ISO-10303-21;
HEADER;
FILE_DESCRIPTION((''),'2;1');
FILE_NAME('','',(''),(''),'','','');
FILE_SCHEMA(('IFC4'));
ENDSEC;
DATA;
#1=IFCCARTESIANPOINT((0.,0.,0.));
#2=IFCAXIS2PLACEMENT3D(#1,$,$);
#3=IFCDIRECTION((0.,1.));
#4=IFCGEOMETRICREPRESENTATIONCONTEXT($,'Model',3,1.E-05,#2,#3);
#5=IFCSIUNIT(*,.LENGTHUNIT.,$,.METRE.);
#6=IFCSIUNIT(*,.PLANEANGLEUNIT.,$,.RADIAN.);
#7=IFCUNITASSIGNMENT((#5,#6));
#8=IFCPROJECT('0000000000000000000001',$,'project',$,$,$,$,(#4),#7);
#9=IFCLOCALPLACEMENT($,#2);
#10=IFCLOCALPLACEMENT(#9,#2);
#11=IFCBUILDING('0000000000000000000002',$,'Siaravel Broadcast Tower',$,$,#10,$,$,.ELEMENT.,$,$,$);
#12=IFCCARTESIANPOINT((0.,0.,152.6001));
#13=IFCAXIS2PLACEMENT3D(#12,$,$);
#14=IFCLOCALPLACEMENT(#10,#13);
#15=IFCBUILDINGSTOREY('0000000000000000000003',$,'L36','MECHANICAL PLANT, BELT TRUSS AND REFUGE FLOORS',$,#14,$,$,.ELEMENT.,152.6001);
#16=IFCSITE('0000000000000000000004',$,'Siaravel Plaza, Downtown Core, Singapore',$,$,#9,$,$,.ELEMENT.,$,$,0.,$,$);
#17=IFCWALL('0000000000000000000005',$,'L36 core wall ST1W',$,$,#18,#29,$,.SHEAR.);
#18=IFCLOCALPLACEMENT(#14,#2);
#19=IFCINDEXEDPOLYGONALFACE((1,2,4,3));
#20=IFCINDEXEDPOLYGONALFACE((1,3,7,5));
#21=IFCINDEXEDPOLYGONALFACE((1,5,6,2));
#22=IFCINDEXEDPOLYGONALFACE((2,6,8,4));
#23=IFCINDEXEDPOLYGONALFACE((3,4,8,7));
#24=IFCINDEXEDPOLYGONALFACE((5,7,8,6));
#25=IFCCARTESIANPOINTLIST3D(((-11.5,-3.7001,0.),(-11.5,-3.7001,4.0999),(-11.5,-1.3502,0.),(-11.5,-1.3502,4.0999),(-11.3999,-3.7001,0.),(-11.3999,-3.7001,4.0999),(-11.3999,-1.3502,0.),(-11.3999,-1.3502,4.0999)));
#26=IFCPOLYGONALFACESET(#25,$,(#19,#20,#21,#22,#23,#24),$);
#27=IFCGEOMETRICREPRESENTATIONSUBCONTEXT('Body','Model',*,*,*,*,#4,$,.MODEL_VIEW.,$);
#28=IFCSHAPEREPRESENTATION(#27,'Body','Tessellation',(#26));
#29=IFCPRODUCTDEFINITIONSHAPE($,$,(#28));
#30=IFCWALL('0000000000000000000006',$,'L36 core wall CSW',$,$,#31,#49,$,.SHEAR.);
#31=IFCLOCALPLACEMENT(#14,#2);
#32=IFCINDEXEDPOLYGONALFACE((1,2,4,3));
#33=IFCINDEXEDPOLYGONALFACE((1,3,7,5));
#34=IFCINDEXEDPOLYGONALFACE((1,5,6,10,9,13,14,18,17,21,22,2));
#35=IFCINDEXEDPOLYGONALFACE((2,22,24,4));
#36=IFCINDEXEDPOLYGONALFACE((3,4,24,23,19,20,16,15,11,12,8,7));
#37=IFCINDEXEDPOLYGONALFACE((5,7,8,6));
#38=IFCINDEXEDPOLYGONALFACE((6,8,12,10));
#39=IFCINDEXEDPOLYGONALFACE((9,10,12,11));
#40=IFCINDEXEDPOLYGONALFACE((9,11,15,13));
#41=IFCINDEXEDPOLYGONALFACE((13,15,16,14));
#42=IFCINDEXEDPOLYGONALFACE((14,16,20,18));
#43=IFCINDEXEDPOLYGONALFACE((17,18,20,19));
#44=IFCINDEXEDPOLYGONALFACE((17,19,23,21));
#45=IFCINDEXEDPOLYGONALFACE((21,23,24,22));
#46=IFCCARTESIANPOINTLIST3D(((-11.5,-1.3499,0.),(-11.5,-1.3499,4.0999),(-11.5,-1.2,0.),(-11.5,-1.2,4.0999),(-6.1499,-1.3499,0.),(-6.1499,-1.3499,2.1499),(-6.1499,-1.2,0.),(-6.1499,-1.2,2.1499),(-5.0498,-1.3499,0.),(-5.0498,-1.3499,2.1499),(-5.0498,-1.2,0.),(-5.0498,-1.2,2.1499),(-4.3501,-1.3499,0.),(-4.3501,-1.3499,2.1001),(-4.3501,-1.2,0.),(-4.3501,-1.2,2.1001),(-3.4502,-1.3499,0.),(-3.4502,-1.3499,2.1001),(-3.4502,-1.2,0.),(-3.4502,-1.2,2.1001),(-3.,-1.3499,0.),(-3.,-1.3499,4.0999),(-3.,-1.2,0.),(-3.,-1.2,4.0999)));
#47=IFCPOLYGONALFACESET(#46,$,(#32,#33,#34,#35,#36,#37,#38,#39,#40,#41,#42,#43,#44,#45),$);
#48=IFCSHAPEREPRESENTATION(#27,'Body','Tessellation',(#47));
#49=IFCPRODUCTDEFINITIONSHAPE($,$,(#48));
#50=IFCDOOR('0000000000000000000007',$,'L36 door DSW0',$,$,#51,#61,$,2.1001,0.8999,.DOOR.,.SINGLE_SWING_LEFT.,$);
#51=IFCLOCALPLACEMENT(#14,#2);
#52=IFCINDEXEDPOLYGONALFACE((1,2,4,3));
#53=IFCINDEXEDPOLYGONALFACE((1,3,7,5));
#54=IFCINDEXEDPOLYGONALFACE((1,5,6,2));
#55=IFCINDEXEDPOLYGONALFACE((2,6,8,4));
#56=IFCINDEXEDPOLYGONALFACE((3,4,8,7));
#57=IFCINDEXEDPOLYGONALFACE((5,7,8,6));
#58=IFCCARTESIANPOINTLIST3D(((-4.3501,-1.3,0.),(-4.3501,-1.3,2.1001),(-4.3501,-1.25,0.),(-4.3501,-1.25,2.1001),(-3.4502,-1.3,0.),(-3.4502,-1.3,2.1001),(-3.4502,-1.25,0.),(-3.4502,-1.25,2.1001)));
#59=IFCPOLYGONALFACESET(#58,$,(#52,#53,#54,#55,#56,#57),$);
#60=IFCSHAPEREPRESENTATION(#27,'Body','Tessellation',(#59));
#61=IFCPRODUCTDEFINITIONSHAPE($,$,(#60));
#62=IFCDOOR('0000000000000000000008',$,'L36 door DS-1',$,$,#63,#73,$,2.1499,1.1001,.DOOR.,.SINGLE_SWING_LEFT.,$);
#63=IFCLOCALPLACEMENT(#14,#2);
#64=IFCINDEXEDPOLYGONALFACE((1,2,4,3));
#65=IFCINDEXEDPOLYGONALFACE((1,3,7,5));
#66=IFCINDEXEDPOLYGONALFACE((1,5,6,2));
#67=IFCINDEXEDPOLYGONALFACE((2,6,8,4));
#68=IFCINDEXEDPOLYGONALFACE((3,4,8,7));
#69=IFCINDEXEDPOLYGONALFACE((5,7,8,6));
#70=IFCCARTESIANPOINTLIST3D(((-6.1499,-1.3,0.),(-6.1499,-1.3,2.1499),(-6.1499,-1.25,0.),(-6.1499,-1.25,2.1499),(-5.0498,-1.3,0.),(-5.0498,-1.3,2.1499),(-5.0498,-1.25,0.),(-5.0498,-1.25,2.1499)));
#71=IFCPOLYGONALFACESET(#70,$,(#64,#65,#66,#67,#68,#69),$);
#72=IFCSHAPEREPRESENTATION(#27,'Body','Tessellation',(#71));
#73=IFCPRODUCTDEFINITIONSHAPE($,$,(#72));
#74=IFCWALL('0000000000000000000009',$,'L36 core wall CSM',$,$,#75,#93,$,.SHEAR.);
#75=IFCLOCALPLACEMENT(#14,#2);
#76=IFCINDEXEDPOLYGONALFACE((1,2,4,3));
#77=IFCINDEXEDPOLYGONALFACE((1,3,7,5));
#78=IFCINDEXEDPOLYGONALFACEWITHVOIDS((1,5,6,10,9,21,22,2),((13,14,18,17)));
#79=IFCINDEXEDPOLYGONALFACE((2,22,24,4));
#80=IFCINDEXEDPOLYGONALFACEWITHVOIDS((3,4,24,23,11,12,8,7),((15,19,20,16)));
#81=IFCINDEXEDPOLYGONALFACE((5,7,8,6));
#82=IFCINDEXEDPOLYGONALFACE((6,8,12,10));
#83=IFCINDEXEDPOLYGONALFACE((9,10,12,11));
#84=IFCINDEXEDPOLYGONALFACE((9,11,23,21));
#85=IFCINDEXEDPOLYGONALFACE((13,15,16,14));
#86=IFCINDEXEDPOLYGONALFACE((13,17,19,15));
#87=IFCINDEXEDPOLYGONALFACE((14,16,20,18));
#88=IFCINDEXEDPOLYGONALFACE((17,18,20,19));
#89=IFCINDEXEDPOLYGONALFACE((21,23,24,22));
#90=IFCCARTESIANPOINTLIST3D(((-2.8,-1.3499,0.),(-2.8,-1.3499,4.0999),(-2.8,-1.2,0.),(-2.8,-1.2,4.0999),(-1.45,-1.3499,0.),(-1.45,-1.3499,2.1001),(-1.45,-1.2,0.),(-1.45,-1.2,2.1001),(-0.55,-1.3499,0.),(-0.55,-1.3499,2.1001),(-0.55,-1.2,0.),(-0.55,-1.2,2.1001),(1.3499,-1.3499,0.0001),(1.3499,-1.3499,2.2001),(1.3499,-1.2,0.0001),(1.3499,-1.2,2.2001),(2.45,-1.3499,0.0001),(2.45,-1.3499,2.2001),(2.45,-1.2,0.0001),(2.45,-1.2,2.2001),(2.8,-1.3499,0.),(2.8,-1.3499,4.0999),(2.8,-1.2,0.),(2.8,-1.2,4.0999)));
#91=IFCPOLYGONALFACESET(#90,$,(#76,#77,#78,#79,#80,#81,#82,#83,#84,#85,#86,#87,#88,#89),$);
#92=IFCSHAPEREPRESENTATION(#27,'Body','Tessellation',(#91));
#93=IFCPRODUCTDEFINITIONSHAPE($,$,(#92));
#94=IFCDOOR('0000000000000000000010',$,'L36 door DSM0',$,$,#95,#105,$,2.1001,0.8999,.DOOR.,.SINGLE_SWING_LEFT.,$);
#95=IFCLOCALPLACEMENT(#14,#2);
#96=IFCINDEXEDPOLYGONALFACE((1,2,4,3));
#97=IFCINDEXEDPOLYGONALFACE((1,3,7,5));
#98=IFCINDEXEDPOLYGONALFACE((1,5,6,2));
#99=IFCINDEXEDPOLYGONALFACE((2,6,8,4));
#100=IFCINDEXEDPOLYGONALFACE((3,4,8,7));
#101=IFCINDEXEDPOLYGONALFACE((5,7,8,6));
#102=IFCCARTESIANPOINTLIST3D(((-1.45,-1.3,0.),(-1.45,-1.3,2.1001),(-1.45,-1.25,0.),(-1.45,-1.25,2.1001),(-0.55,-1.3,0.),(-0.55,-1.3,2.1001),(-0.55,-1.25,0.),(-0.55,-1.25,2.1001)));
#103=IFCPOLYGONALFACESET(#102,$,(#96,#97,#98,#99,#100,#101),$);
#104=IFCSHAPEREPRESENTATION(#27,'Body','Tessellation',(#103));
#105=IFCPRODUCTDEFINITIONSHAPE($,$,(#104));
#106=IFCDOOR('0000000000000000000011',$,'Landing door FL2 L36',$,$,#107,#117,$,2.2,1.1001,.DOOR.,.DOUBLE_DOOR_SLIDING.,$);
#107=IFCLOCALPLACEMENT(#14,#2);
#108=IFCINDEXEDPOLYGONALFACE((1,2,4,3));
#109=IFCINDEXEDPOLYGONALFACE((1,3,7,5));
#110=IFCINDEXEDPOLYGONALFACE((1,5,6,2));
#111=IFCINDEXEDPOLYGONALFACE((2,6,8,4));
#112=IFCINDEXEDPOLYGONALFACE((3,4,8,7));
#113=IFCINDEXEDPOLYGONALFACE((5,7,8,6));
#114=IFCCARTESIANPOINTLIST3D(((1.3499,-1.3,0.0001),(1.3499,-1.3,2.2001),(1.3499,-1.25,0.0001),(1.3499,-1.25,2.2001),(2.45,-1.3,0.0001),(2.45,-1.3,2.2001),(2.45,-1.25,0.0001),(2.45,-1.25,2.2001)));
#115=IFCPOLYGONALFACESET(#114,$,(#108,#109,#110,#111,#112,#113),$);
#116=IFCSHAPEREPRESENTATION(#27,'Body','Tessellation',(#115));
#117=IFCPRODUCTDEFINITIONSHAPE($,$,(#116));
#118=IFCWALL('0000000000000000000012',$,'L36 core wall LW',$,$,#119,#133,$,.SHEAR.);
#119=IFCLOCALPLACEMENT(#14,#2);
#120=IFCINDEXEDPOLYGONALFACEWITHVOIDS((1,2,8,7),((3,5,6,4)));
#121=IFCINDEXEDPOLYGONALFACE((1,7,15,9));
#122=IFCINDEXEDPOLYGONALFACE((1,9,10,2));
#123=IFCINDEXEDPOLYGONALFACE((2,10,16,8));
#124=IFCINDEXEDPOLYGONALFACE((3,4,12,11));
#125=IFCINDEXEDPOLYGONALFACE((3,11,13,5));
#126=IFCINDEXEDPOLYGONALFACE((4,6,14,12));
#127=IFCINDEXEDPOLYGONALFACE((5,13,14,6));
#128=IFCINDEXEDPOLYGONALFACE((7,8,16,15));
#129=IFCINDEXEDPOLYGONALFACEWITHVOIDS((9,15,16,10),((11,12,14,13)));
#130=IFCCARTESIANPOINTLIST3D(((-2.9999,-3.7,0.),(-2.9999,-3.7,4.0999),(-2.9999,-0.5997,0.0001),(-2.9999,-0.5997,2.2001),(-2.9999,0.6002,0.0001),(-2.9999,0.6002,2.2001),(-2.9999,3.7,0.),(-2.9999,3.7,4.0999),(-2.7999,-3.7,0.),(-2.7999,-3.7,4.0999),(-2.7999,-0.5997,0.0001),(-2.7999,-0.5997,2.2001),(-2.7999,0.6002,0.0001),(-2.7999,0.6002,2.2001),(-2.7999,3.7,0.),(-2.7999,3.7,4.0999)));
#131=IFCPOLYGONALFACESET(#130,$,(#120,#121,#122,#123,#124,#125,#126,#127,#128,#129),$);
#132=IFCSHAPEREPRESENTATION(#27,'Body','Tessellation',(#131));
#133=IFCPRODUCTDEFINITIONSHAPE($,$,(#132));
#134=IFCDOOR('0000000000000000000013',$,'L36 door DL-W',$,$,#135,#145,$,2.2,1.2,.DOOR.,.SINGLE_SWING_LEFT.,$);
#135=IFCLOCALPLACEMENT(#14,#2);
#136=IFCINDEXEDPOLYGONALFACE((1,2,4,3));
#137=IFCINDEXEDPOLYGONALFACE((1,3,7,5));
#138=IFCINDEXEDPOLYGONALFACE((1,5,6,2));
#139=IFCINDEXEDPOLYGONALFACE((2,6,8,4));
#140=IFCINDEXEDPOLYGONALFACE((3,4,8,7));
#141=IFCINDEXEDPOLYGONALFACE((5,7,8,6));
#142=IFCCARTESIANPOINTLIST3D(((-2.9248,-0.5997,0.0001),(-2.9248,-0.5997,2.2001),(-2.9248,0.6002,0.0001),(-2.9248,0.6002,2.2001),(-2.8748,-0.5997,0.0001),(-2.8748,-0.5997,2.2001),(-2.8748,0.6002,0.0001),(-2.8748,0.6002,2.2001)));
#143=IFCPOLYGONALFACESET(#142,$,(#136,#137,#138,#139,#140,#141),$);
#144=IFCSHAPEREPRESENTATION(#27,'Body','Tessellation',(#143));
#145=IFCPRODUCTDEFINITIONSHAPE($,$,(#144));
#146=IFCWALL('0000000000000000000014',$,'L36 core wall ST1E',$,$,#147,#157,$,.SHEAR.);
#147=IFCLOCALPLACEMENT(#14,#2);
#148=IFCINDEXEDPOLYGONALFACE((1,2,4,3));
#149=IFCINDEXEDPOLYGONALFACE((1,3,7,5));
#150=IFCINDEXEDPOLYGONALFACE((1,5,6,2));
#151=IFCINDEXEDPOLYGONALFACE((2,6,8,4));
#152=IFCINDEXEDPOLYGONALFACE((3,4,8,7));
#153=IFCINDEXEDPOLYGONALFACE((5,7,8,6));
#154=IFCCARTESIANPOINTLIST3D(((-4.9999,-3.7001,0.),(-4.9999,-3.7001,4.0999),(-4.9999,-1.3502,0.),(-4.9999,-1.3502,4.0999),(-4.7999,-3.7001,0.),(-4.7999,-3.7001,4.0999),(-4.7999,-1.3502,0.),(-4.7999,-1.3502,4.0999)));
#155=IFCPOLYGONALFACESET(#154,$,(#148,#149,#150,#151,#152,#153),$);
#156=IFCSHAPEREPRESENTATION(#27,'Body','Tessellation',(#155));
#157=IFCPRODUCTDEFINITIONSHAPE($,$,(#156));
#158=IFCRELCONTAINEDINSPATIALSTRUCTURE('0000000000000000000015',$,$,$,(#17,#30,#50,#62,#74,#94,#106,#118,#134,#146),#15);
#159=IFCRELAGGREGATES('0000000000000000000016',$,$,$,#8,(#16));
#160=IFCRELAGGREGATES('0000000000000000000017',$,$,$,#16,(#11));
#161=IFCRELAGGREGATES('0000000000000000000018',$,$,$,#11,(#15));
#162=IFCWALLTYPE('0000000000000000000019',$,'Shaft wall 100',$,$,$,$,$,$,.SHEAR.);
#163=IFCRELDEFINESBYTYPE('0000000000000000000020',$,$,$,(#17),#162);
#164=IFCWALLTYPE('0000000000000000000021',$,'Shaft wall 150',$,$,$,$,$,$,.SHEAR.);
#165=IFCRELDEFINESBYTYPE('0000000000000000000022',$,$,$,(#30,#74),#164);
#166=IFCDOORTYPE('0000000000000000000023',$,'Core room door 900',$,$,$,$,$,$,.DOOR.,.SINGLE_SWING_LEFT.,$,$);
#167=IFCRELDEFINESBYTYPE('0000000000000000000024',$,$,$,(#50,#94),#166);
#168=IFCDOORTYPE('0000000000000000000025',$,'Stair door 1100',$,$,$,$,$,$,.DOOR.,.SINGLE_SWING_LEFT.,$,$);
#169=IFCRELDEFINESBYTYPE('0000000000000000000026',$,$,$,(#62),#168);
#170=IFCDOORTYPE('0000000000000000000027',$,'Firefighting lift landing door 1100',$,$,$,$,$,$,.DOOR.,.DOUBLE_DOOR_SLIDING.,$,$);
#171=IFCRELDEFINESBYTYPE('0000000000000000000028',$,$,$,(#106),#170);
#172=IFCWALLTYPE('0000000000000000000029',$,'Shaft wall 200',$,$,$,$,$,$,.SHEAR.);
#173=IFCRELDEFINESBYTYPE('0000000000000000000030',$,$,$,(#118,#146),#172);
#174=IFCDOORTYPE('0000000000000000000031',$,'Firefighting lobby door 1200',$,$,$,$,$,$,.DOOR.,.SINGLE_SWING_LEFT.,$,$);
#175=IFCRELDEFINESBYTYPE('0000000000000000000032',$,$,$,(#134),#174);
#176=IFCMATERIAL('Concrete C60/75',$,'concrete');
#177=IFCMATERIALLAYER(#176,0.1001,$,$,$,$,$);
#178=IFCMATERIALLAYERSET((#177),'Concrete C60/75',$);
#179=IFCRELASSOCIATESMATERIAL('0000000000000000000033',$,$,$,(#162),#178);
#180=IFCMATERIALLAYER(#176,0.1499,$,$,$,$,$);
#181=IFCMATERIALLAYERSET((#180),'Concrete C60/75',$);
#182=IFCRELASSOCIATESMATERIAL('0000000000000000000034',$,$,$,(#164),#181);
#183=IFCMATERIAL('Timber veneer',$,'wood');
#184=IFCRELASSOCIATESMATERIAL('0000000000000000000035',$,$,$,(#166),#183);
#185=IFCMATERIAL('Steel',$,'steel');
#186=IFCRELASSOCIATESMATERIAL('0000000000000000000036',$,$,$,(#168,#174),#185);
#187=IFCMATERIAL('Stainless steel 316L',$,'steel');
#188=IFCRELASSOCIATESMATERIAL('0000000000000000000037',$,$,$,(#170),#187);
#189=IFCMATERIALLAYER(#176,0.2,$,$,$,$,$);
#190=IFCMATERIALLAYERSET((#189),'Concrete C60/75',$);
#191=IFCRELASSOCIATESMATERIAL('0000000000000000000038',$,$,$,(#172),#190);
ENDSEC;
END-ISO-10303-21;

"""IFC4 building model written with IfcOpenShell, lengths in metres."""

from ifc_helpers import new_model, si_unit, direction, frame, frame_2d, origin, place, context, subcontext, project, spatial, rectangle, extrude, material, layer, layer_set, type_object, element, fill, save


model = new_model("IFC4")

# Units and contexts
model_context = context("Model", 3, precision=1e-05, world=origin(), true_north=direction((0.0, 1.0)))
body_context = subcontext(model_context, "Body", "Model", "MODEL_VIEW")
ifc_project = project(units=[si_unit("LENGTHUNIT", "METRE"), si_unit("PLANEANGLEUNIT", "RADIAN")], contexts=[model_context])

# Site, building, storey
site_placement = place(None, origin())
site = spatial("IfcSite", under=ifc_project, at=site_placement, Name="Siaravel Plaza, Downtown Core, Singapore", CompositionType="ELEMENT", RefElevation=0.0)
building_placement = place(site_placement, origin())
building = spatial("IfcBuilding", under=site, at=building_placement, Name="Siaravel Broadcast Tower", CompositionType="ELEMENT")
storey_placement = place(building_placement, frame((0.0, 0.0, 152.6001)))
storey = spatial("IfcBuildingStorey", under=building, at=storey_placement, Name="L36", Description="MECHANICAL PLANT, BELT TRUSS AND REFUGE FLOORS", CompositionType="ELEMENT", Elevation=152.6001)

# Wall
ifc_material_1 = material(Name="Concrete C60/75", Category="concrete")
ifc_layer_1 = layer(ifc_material_1, 0.1001)
ifc_layer_set_1 = layer_set([ifc_layer_1], Name="Concrete C60/75")
wall_type_1 = type_object("IfcWallType", Name="Shaft wall 100", PredefinedType="SHEAR", material=ifc_layer_set_1)
wall_1_placement = place(storey_placement, frame((-11.45, -3.7, 0.0), z_axis=(0.0, 0.0, 1.0), x_axis=(0.0, 1.0, 0.0)))
element("IfcWall", 1, at=wall_1_placement, inside=storey, type_object=wall_type_1, Name="L36 core wall ST1W", PredefinedType="SHEAR", context=body_context, shape_type="SweptSolid", body=[
    extrude(rectangle(XDim=2.3499, YDim=0.1001, at=frame_2d((1.1748, 0.0))), origin(), (0.0, 0.0, 1.0), 4.0999),
])

# Walls, openings, doors
ifc_layer_2 = layer(ifc_material_1, 0.1499)
ifc_layer_set_2 = layer_set([ifc_layer_2], Name="Concrete C60/75")
wall_type_2 = type_object("IfcWallType", Name="Shaft wall 150", PredefinedType="SHEAR", material=ifc_layer_set_2)
wall_2_placement = place(storey_placement, frame((-11.5, -1.2749, 0.0), z_axis=(0.0, 0.0, 1.0), x_axis=(1.0, 0.0, 0.0)))
wall_2 = element("IfcWall", 2, at=wall_2_placement, inside=storey, type_object=wall_type_2, Name="L36 core wall CSW", PredefinedType="SHEAR", context=body_context, shape_type="SweptSolid", body=[
    extrude(rectangle(XDim=8.5, YDim=0.1499, at=frame_2d((4.25, 0.0))), origin(), (0.0, 0.0, 1.0), 4.0999),
])
opening_1_placement = place(wall_2_placement, frame((5.3501, 0.0, 0.0)))
opening_1 = element("IfcOpeningElement", 3, at=opening_1_placement, cuts=wall_2, PredefinedType="OPENING", context=body_context, shape_type="SweptSolid", body=[
    extrude(rectangle(XDim=1.1001, YDim=2.1499, at=frame_2d((0.55, 1.075))), frame((0.0, 0.085, 0.0), z_axis=(0.0, -1.0, 0.0), x_axis=(1.0, 0.0, 0.0)), (0.0, 0.0, 1.0), 0.1699),
])
opening_2_placement = place(wall_2_placement, frame((7.1499, 0.0, 0.0)))
opening_2 = element("IfcOpeningElement", 4, at=opening_2_placement, cuts=wall_2, PredefinedType="OPENING", context=body_context, shape_type="SweptSolid", body=[
    extrude(rectangle(XDim=0.8999, YDim=2.1001, at=frame_2d((0.45, 1.05))), frame((0.0, 0.085, 0.0), z_axis=(0.0, -1.0, 0.0), x_axis=(1.0, 0.0, 0.0)), (0.0, 0.0, 1.0), 0.1699),
])
ifc_material_2 = material(Name="Timber veneer", Category="wood")
door_type_1 = type_object("IfcDoorType", Name="Core room door 900", OperationType="SINGLE_SWING_LEFT", PredefinedType="DOOR", material=ifc_material_2)
door_1_placement = place(opening_2_placement, origin())
door_1 = element("IfcDoor", 5, at=door_1_placement, inside=storey, type_object=door_type_1, Name="L36 door DSW0", OperationType="SINGLE_SWING_LEFT", OverallHeight=2.1001, OverallWidth=0.8999, PredefinedType="DOOR", context=body_context, shape_type="SweptSolid", body=[
    extrude(rectangle(XDim=0.8999, YDim=2.1001, at=frame_2d((0.45, 1.05))), frame((0.0, 0.0249, 0.0), z_axis=(0.0, -1.0, 0.0), x_axis=(1.0, 0.0, 0.0)), (0.0, 0.0, 1.0), 0.05),
])
fill(opening_2, door_1)
ifc_material_3 = material(Name="Steel", Category="steel")
door_type_2 = type_object("IfcDoorType", Name="Stair door 1100", OperationType="SINGLE_SWING_LEFT", PredefinedType="DOOR", material=ifc_material_3)
door_2_placement = place(opening_1_placement, origin())
door_2 = element("IfcDoor", 6, at=door_2_placement, inside=storey, type_object=door_type_2, Name="L36 door DS-1", OperationType="SINGLE_SWING_LEFT", OverallHeight=2.1499, OverallWidth=1.1001, PredefinedType="DOOR", context=body_context, shape_type="SweptSolid", body=[
    extrude(rectangle(XDim=1.1001, YDim=2.1499, at=frame_2d((0.55, 1.075))), frame((0.0, 0.0249, 0.0), z_axis=(0.0, -1.0, 0.0), x_axis=(1.0, 0.0, 0.0)), (0.0, 0.0, 1.0), 0.05),
])
fill(opening_1, door_2)
wall_3_placement = place(storey_placement, frame((-2.8, -1.2749, 0.0), z_axis=(0.0, 0.0, 1.0), x_axis=(1.0, 0.0, 0.0)))
wall_3 = element("IfcWall", 7, at=wall_3_placement, inside=storey, type_object=wall_type_2, Name="L36 core wall CSM", PredefinedType="SHEAR", context=body_context, shape_type="SweptSolid", body=[
    extrude(rectangle(XDim=5.6001, YDim=0.1499, at=frame_2d((2.8, 0.0))), origin(), (0.0, 0.0, 1.0), 4.0999),
])
opening_3_placement = place(wall_3_placement, frame((4.1499, 0.0, 0.0)))
opening_3 = element("IfcOpeningElement", 8, at=opening_3_placement, cuts=wall_3, PredefinedType="OPENING", context=body_context, shape_type="SweptSolid", body=[
    extrude(rectangle(XDim=1.1001, YDim=2.2, at=frame_2d((0.55, 1.1001))), frame((0.0, 0.085, 0.0), z_axis=(0.0, -1.0, 0.0), x_axis=(1.0, 0.0, 0.0)), (0.0, 0.0, 1.0), 0.1699),
])
opening_4_placement = place(wall_3_placement, frame((1.3501, 0.0, 0.0)))
opening_4 = element("IfcOpeningElement", 9, at=opening_4_placement, cuts=wall_3, PredefinedType="OPENING", context=body_context, shape_type="SweptSolid", body=[
    extrude(rectangle(XDim=0.8999, YDim=2.1001, at=frame_2d((0.45, 1.05))), frame((0.0, 0.085, 0.0), z_axis=(0.0, -1.0, 0.0), x_axis=(1.0, 0.0, 0.0)), (0.0, 0.0, 1.0), 0.1699),
])
door_3_placement = place(opening_4_placement, origin())
door_3 = element("IfcDoor", 10, at=door_3_placement, inside=storey, type_object=door_type_1, Name="L36 door DSM0", OperationType="SINGLE_SWING_LEFT", OverallHeight=2.1001, OverallWidth=0.8999, PredefinedType="DOOR", context=body_context, shape_type="SweptSolid", body=[
    extrude(rectangle(XDim=0.8999, YDim=2.1001, at=frame_2d((0.45, 1.05))), frame((0.0, 0.0249, 0.0), z_axis=(0.0, -1.0, 0.0), x_axis=(1.0, 0.0, 0.0)), (0.0, 0.0, 1.0), 0.05),
])
fill(opening_4, door_3)
ifc_material_4 = material(Name="Stainless steel 316L", Category="steel")
door_type_3 = type_object("IfcDoorType", Name="Firefighting lift landing door 1100", OperationType="DOUBLE_DOOR_SLIDING", PredefinedType="DOOR", material=ifc_material_4)
door_4_placement = place(opening_3_placement, origin())
door_4 = element("IfcDoor", 11, at=door_4_placement, inside=storey, type_object=door_type_3, Name="Landing door FL2 L36", OperationType="DOUBLE_DOOR_SLIDING", OverallHeight=2.2, OverallWidth=1.1001, PredefinedType="DOOR", context=body_context, shape_type="SweptSolid", body=[
    extrude(rectangle(XDim=1.1001, YDim=2.2, at=frame_2d((0.55, 1.1001))), frame((0.0, 0.0249, 0.0), z_axis=(0.0, -1.0, 0.0), x_axis=(1.0, 0.0, 0.0)), (0.0, 0.0, 1.0), 0.05),
])
fill(opening_3, door_4)

# Wall, opening, door
ifc_layer_3 = layer(ifc_material_1, 0.2)
ifc_layer_set_3 = layer_set([ifc_layer_3], Name="Concrete C60/75")
wall_type_3 = type_object("IfcWallType", Name="Shaft wall 200", PredefinedType="SHEAR", material=ifc_layer_set_3)
wall_4_placement = place(storey_placement, frame((-2.8999, -3.7, 0.0), z_axis=(0.0, 0.0, 1.0), x_axis=(0.0, 1.0, 0.0)))
wall_4 = element("IfcWall", 12, at=wall_4_placement, inside=storey, type_object=wall_type_3, Name="L36 core wall LW", PredefinedType="SHEAR", context=body_context, shape_type="SweptSolid", body=[
    extrude(rectangle(XDim=7.3999, YDim=0.2, at=frame_2d((3.7, 0.0))), origin(), (0.0, 0.0, 1.0), 4.0999),
])
opening_5_placement = place(wall_4_placement, frame((3.1001, 0.0, 0.0)))
opening_5 = element("IfcOpeningElement", 13, at=opening_5_placement, cuts=wall_4, PredefinedType="OPENING", context=body_context, shape_type="SweptSolid", body=[
    extrude(rectangle(XDim=1.2, YDim=2.2, at=frame_2d((0.6001, 1.1001))), frame((0.0, 0.1099, 0.0), z_axis=(0.0, -1.0, 0.0), x_axis=(1.0, 0.0, 0.0)), (0.0, 0.0, 1.0), 0.22),
])
door_type_4 = type_object("IfcDoorType", Name="Firefighting lobby door 1200", OperationType="SINGLE_SWING_LEFT", PredefinedType="DOOR", material=ifc_material_3)
door_5_placement = place(opening_5_placement, origin())
door_5 = element("IfcDoor", 14, at=door_5_placement, inside=storey, type_object=door_type_4, Name="L36 door DL-W", OperationType="SINGLE_SWING_LEFT", OverallHeight=2.2, OverallWidth=1.2, PredefinedType="DOOR", context=body_context, shape_type="SweptSolid", body=[
    extrude(rectangle(XDim=1.2, YDim=2.2, at=frame_2d((0.6001, 1.1001))), frame((0.0, 0.0249, 0.0), z_axis=(0.0, -1.0, 0.0), x_axis=(1.0, 0.0, 0.0)), (0.0, 0.0, 1.0), 0.05),
])
fill(opening_5, door_5)

# Wall
wall_5_placement = place(storey_placement, frame((-4.8999, -3.7, 0.0), z_axis=(0.0, 0.0, 1.0), x_axis=(0.0, 1.0, 0.0)))
element("IfcWall", 15, at=wall_5_placement, inside=storey, type_object=wall_type_3, Name="L36 core wall ST1E", PredefinedType="SHEAR", context=body_context, shape_type="SweptSolid", body=[
    extrude(rectangle(XDim=2.3499, YDim=0.2, at=frame_2d((1.1748, 0.0))), origin(), (0.0, 0.0, 1.0), 4.0999),
])

save(model, "model.ifc")
